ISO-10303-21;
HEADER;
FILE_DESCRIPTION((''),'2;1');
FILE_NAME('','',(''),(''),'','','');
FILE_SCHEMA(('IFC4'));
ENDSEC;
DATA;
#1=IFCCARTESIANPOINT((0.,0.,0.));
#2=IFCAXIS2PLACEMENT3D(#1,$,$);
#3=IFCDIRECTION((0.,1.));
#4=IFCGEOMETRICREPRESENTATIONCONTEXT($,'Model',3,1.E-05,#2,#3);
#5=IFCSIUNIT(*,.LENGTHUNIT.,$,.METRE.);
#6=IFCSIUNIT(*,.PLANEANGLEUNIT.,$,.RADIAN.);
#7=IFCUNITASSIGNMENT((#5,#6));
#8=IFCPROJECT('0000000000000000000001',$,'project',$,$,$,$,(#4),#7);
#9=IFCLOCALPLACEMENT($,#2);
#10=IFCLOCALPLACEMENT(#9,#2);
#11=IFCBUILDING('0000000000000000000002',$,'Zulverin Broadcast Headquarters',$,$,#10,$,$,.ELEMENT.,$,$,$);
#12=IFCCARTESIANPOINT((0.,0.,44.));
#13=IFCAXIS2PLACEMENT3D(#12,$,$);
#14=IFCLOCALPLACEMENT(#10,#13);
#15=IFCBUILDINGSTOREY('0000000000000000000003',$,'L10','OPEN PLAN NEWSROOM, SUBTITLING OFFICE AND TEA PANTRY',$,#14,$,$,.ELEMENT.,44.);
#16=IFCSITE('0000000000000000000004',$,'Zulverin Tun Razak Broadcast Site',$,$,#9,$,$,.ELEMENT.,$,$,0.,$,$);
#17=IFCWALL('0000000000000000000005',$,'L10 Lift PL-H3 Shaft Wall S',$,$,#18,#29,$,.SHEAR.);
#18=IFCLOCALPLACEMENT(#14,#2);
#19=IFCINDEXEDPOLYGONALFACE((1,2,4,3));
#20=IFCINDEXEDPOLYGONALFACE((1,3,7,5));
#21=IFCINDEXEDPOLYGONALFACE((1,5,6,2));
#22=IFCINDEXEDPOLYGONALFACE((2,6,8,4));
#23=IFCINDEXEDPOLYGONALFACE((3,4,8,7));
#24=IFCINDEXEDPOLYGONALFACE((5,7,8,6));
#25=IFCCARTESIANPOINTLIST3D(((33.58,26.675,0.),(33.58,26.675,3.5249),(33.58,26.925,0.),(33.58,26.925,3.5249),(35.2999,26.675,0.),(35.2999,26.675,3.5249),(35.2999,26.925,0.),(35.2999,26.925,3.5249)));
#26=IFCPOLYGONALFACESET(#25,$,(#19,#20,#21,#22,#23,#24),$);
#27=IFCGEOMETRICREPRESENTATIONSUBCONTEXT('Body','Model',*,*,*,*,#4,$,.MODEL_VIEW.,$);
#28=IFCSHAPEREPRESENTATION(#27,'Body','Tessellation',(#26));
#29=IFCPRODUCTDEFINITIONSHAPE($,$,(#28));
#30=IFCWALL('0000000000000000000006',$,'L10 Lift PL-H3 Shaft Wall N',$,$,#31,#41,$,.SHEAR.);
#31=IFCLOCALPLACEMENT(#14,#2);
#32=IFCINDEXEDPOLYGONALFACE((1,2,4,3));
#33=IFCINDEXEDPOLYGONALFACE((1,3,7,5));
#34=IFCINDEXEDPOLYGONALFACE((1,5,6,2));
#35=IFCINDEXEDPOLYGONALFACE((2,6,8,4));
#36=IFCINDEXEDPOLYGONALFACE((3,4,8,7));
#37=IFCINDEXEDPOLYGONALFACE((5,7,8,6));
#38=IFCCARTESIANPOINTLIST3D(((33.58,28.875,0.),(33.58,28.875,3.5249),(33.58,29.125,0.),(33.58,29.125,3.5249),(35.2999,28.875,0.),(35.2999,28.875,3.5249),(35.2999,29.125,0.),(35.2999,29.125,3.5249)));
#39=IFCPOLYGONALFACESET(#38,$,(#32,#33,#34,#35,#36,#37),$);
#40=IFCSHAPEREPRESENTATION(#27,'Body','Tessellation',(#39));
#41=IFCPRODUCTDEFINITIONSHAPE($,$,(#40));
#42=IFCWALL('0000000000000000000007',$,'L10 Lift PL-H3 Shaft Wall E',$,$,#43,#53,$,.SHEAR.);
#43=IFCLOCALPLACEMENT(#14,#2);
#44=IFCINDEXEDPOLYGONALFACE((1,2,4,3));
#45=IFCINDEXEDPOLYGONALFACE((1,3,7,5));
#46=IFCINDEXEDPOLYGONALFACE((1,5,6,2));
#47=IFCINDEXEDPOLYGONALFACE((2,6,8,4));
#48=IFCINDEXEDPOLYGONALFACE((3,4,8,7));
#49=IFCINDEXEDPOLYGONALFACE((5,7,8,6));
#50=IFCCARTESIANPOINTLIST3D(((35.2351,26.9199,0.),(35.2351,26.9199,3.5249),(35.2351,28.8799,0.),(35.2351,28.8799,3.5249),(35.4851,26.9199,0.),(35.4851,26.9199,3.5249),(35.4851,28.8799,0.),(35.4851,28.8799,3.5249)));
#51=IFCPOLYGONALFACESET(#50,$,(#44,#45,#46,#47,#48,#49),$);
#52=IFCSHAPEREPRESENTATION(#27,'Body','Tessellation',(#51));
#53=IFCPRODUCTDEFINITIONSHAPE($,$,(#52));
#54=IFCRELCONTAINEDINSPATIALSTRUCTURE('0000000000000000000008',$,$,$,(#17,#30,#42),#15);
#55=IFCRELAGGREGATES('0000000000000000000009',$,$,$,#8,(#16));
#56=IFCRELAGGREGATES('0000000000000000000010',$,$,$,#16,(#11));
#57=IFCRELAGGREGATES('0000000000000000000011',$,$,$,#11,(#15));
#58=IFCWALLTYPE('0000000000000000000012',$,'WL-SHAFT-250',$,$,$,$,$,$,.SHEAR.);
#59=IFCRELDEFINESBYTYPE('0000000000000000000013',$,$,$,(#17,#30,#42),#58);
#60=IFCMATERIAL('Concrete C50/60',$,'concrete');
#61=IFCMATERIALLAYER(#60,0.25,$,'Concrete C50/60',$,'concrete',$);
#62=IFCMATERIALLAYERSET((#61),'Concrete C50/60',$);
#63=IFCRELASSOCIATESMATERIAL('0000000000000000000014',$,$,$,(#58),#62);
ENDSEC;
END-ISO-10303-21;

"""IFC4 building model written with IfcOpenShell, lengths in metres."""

from ifc_helpers import new_model, si_unit, direction, frame, frame_2d, origin, place, context, subcontext, project, spatial, rectangle, extrude, material, layer, layer_set, type_object, element, save


model = new_model("IFC4")

# Units and contexts
model_context = context("Model", 3, precision=1e-05, world=origin(), true_north=direction((0.0, 1.0)))
body_context = subcontext(model_context, "Body", "Model", "MODEL_VIEW")
ifc_project = project(units=[si_unit("LENGTHUNIT", "METRE"), si_unit("PLANEANGLEUNIT", "RADIAN")], contexts=[model_context])

# Site, building, storey
site_placement = place(None, origin())
site = spatial("IfcSite", under=ifc_project, at=site_placement, Name="Zulverin Tun Razak Broadcast Site", CompositionType="ELEMENT", RefElevation=0.0)
building_placement = place(site_placement, origin())
building = spatial("IfcBuilding", under=site, at=building_placement, Name="Zulverin Broadcast Headquarters", CompositionType="ELEMENT")
storey_placement = place(building_placement, frame((0.0, 0.0, 44.0)))
storey = spatial("IfcBuildingStorey", under=building, at=storey_placement, Name="L10", Description="OPEN PLAN NEWSROOM, SUBTITLING OFFICE AND TEA PANTRY", CompositionType="ELEMENT", Elevation=44.0)

# Walls
ifc_material_1 = material(Name="Concrete C50/60", Category="concrete")
ifc_layer_1 = layer(ifc_material_1, 0.25, Name="Concrete C50/60", Category="concrete")
ifc_layer_set_1 = layer_set([ifc_layer_1], Name="Concrete C50/60")
wall_type_1 = type_object("IfcWallType", Name="WL-SHAFT-250", PredefinedType="SHEAR", material=ifc_layer_set_1)
for number, where, z_axis, x_axis, name in (
    (1, (33.5801, 26.8, 0.0), (0.0, 0.0, 1.0), (1.0, 0.0, 0.0), "L10 Lift PL-H3 Shaft Wall S"),
    (2, (33.5801, 29.0, 0.0), (0.0, 0.0, 1.0), (1.0, 0.0, 0.0), "L10 Lift PL-H3 Shaft Wall N"),
):
    element("IfcWall", number, at=place(storey_placement, frame(where, z_axis=z_axis, x_axis=x_axis)), inside=storey, type_object=wall_type_1, Name=name, PredefinedType="SHEAR", context=body_context, shape_type="SweptSolid", body=[
        extrude(rectangle(XDim=1.72, YDim=0.25, at=frame_2d((0.8599, 0.0))), origin(), (0.0, 0.0, 1.0), 3.5249),
    ])
wall_1_placement = place(storey_placement, frame((35.3601, 26.9199, 0.0), z_axis=(0.0, 0.0, 1.0), x_axis=(0.0, 1.0, 0.0)))
element("IfcWall", 3, at=wall_1_placement, inside=storey, type_object=wall_type_1, Name="L10 Lift PL-H3 Shaft Wall E", PredefinedType="SHEAR", context=body_context, shape_type="SweptSolid", body=[
    extrude(rectangle(XDim=1.96, YDim=0.25, at=frame_2d((0.98, 0.0))), origin(), (0.0, 0.0, 1.0), 3.5249),
])

save(model, "model.ifc")
